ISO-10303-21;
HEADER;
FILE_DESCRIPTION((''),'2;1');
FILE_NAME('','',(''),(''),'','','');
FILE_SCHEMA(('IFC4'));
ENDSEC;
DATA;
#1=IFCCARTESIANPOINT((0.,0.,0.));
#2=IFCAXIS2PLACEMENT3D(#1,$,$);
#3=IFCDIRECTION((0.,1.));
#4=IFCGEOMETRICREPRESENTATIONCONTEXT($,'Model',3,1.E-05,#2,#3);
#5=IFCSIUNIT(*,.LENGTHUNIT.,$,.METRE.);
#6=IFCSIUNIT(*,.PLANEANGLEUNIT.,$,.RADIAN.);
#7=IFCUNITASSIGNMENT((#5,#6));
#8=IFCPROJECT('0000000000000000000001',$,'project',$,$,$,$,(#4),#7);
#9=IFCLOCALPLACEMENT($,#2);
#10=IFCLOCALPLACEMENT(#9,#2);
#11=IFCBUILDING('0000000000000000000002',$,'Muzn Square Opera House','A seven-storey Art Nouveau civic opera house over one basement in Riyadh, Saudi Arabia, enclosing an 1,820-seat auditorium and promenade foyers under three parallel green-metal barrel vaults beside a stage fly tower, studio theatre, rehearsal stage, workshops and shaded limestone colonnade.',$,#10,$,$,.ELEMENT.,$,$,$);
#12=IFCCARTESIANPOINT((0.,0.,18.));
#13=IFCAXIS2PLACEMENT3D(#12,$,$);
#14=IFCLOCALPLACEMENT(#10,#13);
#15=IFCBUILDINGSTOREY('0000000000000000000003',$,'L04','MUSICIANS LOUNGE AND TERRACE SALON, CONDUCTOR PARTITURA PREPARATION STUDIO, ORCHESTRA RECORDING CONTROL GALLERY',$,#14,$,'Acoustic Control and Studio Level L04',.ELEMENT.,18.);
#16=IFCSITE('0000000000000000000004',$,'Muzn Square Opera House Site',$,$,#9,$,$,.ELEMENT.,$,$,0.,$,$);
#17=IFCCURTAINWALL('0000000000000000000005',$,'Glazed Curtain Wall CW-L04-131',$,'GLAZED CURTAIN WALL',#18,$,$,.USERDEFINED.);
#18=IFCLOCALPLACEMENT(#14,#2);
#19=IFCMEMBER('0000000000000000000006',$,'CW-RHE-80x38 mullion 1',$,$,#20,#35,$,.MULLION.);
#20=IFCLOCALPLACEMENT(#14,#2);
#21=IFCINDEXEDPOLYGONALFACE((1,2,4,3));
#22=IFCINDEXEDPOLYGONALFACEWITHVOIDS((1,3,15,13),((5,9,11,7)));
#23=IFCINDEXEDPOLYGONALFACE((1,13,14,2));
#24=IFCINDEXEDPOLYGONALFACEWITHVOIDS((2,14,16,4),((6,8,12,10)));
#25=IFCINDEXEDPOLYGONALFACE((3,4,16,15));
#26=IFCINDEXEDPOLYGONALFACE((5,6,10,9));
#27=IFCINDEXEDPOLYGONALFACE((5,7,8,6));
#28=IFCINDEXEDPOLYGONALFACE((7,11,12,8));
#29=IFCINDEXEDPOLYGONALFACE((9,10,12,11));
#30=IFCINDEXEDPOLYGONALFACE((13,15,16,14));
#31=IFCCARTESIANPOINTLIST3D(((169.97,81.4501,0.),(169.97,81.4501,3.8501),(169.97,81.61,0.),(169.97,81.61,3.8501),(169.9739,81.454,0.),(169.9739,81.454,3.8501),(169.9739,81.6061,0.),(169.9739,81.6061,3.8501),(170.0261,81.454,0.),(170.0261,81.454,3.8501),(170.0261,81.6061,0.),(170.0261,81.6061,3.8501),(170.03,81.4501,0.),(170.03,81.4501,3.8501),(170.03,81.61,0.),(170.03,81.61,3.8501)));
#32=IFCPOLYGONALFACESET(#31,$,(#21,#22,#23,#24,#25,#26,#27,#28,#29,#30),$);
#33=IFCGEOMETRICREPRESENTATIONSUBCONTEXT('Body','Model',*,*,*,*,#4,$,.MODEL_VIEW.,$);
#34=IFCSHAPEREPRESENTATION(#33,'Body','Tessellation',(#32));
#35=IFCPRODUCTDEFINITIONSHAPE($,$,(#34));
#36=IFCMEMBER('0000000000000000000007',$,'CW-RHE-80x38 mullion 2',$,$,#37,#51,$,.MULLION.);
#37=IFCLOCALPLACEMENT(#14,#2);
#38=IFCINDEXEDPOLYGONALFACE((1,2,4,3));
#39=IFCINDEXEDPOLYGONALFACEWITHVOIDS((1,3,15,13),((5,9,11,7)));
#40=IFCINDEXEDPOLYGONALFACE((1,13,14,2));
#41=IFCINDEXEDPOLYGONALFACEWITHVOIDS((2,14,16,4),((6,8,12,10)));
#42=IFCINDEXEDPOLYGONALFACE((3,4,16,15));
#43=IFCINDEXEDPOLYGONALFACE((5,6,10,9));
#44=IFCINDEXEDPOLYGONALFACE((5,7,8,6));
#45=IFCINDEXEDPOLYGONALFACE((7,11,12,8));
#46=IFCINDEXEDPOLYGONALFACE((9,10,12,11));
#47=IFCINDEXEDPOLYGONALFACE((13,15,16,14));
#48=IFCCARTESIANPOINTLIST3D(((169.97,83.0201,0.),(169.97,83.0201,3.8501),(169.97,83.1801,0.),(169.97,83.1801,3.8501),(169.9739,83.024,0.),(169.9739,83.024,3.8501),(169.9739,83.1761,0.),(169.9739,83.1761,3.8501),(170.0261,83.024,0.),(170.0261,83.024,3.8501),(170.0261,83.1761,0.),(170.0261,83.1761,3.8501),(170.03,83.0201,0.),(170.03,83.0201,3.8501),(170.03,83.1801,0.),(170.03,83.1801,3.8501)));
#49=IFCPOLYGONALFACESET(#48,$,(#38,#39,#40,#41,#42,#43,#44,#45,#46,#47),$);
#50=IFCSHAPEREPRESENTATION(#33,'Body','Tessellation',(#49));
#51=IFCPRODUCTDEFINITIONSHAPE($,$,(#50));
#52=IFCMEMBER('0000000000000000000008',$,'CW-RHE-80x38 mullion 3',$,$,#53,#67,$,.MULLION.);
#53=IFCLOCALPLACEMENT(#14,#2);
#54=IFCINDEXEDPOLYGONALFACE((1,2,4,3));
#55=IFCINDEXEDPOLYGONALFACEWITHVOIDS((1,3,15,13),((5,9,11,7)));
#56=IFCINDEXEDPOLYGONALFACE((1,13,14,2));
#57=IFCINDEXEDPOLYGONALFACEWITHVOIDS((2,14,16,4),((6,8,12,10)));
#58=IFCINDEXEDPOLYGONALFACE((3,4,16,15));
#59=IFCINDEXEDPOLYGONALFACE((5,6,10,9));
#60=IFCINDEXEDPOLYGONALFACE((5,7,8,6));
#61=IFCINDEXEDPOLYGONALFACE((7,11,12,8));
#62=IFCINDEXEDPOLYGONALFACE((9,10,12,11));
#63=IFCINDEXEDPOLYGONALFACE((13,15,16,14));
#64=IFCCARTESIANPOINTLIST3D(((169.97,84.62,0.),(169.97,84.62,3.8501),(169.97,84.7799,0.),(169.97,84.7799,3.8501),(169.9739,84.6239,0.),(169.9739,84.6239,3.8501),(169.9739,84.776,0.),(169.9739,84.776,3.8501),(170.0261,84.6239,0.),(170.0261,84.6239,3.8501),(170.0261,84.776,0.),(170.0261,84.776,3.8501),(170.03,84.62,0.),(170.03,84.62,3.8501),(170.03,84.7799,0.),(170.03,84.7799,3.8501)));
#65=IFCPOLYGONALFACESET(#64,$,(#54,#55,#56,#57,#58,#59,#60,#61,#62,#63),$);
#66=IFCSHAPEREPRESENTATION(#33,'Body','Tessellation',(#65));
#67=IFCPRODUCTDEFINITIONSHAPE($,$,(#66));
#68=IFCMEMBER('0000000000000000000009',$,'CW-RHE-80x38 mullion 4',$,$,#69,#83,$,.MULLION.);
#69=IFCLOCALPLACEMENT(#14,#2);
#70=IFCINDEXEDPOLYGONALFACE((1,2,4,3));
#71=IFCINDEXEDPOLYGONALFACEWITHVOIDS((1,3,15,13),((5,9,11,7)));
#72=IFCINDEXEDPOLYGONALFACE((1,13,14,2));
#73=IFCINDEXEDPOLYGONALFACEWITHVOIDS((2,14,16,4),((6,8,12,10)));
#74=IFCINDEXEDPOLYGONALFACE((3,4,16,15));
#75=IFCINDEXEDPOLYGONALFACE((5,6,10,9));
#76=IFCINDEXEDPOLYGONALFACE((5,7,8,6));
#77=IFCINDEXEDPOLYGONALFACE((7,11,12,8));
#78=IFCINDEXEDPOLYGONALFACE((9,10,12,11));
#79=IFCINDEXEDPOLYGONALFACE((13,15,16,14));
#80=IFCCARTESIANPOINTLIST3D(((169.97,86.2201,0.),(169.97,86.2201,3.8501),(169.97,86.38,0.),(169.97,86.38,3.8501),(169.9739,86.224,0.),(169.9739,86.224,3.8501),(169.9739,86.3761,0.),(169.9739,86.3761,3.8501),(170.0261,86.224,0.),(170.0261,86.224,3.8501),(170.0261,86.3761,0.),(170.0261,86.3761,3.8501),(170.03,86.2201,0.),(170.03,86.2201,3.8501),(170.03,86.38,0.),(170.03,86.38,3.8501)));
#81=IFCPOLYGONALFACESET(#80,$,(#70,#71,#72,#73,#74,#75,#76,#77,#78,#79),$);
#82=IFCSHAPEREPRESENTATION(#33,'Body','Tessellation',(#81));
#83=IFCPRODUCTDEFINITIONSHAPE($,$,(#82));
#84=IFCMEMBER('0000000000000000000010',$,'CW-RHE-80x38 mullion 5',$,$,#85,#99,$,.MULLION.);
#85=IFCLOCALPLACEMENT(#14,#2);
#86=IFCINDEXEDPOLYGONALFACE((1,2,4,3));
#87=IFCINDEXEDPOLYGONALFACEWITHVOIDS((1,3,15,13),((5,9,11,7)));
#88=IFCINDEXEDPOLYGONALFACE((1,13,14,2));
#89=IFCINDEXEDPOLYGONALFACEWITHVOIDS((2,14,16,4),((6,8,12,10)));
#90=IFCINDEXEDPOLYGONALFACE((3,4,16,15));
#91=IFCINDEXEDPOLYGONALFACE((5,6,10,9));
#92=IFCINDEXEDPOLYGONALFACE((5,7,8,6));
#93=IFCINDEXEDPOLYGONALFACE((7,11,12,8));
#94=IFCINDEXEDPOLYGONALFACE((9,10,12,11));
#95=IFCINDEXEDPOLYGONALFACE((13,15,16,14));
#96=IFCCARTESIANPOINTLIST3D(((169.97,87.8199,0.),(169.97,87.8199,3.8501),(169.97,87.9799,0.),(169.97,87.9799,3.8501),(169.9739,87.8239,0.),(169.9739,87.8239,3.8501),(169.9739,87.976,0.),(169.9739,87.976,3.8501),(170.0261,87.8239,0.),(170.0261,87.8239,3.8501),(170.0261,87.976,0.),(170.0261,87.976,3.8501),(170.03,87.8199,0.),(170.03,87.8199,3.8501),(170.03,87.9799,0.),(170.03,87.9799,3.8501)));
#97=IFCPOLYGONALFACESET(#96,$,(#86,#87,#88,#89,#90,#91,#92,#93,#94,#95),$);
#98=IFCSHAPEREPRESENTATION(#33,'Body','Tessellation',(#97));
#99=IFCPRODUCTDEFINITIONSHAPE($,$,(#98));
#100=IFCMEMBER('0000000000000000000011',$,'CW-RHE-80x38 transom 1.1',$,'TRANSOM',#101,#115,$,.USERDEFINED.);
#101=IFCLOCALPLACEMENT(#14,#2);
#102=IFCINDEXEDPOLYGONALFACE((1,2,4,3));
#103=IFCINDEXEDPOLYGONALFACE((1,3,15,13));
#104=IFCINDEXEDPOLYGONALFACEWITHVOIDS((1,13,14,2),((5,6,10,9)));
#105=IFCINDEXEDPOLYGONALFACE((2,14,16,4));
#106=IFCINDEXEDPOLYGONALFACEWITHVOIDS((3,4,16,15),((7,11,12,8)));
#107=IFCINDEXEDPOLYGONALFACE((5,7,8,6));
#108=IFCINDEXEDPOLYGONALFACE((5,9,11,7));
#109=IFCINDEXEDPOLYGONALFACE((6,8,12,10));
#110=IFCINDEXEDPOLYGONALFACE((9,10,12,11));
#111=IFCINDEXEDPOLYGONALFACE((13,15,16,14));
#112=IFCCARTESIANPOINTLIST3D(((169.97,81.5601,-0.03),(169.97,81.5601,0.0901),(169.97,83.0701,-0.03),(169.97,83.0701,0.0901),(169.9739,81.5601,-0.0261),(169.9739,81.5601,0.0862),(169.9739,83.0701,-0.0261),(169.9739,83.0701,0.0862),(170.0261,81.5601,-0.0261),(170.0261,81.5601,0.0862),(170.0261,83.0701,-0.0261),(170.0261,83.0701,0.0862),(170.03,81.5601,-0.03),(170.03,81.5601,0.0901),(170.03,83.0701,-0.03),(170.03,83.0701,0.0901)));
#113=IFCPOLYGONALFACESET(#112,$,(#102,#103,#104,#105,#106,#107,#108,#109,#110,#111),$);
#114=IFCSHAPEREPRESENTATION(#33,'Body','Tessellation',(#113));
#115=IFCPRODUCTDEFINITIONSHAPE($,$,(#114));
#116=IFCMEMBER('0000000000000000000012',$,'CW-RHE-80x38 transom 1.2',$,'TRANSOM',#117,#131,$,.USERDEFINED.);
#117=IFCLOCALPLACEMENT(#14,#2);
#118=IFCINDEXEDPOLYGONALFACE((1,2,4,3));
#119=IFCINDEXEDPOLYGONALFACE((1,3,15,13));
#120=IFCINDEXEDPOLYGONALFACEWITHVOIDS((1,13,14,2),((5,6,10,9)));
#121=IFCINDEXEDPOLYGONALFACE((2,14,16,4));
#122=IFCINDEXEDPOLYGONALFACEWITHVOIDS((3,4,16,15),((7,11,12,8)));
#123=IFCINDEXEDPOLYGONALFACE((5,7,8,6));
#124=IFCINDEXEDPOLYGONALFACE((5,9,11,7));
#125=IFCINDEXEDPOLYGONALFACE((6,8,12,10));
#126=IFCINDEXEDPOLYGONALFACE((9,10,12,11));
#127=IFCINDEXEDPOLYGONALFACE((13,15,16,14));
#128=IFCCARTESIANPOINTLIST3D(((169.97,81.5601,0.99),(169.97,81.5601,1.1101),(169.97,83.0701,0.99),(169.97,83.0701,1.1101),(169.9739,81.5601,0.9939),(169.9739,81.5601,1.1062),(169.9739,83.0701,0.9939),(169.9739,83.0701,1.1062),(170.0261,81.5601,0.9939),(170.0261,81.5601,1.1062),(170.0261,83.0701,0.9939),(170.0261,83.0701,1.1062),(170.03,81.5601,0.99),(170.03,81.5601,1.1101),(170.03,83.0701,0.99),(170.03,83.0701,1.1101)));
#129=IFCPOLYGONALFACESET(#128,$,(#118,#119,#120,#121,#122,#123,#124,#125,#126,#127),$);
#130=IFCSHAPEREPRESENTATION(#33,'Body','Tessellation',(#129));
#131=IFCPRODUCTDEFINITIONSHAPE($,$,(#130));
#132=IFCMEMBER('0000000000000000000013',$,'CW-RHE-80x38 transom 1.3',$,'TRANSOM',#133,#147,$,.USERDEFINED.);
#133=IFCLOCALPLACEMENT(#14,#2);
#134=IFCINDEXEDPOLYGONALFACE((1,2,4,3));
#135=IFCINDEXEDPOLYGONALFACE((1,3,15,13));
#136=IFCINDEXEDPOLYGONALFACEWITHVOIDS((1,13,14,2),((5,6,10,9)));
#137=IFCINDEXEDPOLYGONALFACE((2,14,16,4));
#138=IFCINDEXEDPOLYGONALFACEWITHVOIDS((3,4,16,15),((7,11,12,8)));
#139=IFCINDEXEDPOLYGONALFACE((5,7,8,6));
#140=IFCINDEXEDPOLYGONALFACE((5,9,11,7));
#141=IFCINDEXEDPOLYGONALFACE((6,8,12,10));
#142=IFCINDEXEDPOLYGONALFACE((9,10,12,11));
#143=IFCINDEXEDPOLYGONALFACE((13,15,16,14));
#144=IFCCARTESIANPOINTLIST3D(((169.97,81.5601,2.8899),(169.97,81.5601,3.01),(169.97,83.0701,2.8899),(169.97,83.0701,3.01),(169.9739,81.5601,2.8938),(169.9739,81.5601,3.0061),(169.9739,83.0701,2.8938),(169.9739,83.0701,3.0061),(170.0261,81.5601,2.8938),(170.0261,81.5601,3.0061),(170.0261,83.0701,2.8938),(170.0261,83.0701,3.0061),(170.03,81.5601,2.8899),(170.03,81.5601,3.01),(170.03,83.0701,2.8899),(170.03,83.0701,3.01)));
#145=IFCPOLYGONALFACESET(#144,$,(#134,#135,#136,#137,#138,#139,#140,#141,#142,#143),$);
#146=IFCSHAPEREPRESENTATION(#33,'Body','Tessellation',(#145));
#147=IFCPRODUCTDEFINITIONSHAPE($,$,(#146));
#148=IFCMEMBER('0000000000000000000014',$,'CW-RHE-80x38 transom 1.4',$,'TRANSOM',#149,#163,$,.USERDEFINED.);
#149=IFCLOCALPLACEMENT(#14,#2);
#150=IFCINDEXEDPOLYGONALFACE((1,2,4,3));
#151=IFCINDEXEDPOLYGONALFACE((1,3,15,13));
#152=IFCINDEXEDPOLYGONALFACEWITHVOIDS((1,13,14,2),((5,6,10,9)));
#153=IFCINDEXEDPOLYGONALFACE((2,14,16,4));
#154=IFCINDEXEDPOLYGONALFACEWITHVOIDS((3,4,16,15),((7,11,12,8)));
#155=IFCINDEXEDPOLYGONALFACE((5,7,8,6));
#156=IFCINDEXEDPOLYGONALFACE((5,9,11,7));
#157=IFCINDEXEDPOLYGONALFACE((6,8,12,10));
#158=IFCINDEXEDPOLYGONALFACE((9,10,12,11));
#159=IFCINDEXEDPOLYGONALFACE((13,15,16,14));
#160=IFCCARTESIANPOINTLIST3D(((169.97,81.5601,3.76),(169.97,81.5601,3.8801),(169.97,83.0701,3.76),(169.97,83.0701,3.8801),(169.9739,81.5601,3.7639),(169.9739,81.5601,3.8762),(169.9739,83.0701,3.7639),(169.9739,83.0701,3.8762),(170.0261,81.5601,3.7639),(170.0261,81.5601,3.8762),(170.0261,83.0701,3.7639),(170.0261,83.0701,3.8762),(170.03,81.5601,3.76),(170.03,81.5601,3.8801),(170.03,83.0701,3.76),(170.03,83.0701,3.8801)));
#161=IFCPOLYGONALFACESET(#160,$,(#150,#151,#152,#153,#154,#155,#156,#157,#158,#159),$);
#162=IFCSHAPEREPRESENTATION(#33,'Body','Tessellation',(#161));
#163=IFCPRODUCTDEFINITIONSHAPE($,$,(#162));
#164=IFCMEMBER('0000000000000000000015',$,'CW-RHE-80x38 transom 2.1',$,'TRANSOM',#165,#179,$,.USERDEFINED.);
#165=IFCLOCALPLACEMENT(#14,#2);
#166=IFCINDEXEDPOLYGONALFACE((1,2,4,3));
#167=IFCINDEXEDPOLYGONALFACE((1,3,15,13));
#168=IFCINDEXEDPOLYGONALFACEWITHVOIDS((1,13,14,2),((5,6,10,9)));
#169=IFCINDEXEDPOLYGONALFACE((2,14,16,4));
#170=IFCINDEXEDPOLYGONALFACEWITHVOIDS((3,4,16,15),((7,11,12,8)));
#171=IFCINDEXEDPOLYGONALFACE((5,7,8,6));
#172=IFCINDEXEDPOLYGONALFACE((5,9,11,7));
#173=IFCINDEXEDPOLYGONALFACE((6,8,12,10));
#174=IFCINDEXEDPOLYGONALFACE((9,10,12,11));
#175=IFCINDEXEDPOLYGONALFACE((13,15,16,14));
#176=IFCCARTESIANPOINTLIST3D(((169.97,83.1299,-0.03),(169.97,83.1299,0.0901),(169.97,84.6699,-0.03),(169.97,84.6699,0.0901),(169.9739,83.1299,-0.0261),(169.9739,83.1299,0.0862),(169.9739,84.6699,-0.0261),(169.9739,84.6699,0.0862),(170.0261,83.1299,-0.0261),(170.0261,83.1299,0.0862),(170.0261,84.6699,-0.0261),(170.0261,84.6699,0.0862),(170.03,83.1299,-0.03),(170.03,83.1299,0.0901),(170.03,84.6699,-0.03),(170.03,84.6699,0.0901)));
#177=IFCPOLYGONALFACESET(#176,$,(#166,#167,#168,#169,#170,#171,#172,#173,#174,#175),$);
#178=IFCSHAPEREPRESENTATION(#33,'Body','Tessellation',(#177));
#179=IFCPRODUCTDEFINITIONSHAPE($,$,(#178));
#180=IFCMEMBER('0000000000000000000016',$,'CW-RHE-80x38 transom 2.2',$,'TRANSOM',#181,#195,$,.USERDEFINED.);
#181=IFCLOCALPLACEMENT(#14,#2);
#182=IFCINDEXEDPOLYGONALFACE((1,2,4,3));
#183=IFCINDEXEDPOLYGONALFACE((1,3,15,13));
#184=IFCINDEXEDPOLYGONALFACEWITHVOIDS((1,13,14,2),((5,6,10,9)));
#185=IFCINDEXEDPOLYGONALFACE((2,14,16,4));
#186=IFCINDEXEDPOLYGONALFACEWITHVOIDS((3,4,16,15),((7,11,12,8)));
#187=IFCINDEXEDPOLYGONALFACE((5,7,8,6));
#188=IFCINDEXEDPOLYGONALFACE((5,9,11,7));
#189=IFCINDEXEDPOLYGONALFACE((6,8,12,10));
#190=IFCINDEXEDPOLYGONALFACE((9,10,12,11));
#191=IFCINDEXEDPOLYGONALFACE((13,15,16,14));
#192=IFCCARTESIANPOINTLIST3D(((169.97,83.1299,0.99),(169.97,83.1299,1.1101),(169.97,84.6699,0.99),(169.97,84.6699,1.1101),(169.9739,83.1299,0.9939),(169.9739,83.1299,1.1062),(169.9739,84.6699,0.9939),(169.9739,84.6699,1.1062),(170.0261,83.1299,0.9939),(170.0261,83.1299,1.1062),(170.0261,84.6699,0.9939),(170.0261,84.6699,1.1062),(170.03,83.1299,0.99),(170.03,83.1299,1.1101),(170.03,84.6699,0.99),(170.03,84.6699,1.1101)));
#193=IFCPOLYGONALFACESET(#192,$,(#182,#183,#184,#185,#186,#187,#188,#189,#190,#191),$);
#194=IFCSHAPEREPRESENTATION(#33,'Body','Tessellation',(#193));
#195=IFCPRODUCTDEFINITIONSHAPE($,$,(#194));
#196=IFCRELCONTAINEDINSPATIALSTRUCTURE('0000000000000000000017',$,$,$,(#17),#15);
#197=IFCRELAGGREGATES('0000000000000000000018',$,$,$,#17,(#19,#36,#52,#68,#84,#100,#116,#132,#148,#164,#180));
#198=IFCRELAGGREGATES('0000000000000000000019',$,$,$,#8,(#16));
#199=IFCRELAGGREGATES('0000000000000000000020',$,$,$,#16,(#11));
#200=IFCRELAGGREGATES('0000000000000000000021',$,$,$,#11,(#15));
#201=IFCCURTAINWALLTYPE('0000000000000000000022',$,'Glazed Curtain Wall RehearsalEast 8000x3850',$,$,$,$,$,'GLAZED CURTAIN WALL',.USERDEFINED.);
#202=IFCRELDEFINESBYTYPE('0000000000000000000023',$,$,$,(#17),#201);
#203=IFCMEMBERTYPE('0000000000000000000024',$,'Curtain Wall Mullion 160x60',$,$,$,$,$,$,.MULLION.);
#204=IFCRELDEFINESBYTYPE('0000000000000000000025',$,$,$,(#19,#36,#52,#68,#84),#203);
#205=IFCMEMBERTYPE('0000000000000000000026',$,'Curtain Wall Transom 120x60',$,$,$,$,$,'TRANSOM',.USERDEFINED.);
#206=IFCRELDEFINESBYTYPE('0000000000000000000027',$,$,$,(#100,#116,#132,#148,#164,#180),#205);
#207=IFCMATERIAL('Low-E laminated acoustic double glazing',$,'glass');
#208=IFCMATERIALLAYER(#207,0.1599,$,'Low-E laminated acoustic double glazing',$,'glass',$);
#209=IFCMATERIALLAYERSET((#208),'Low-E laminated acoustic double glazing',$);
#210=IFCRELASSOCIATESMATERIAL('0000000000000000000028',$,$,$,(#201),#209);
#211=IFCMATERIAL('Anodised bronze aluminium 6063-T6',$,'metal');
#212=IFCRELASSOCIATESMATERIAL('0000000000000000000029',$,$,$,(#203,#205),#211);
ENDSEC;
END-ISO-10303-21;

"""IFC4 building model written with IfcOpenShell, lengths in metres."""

from ifc_helpers import new_model, si_unit, direction, frame, origin, origin_2d, place, context, subcontext, project, spatial, hollow_rectangle, extrude, material, layer, layer_set, material_profile, profile_set, type_object, element, aggregate, save


model = new_model("IFC4")

# Units and contexts
model_context = context("Model", 3, precision=1e-05, world=origin(), true_north=direction((0.0, 1.0)))
body_context = subcontext(model_context, "Body", "Model", "MODEL_VIEW")
ifc_project = project(units=[si_unit("LENGTHUNIT", "METRE"), si_unit("PLANEANGLEUNIT", "RADIAN")], contexts=[model_context])

# Site, building, storey
site_placement = place(None, origin())
site = spatial("IfcSite", under=ifc_project, at=site_placement, Name="Muzn Square Opera House Site", CompositionType="ELEMENT", RefElevation=0.0)
building_placement = place(site_placement, origin())
building = spatial("IfcBuilding", under=site, at=building_placement, Name="Muzn Square Opera House", Description="A seven-storey Art Nouveau civic opera house over one basement in Riyadh, Saudi Arabia, enclosing an 1,820-seat auditorium and promenade foyers under three parallel green-metal barrel vaults beside a stage fly tower, studio theatre, rehearsal stage, workshops and shaded limestone colonnade.", CompositionType="ELEMENT")
storey_placement = place(building_placement, frame((0.0, 0.0, 18.0)))
storey = spatial("IfcBuildingStorey", under=building, at=storey_placement, Name="L04", Description="MUSICIANS LOUNGE AND TERRACE SALON, CONDUCTOR PARTITURA PREPARATION STUDIO, ORCHESTRA RECORDING CONTROL GALLERY", LongName="Acoustic Control and Studio Level L04", CompositionType="ELEMENT", Elevation=18.0)

# Curtain wall, members
ifc_material_1 = material(Name="Low-E laminated acoustic double glazing", Category="glass")
ifc_layer_1 = layer(ifc_material_1, 0.1599, Name="Low-E laminated acoustic double glazing", Category="glass")
ifc_layer_set_1 = layer_set([ifc_layer_1], Name="Low-E laminated acoustic double glazing")
curtain_wall_type = type_object("IfcCurtainWallType", Name="Glazed Curtain Wall RehearsalEast 8000x3850", ElementType="GLAZED CURTAIN WALL", PredefinedType="USERDEFINED", material=ifc_layer_set_1)
curtain_wall_placement = place(storey_placement, origin())
curtain_wall = element("IfcCurtainWall", 1, at=curtain_wall_placement, inside=storey, type_object=curtain_wall_type, Name="Glazed Curtain Wall CW-L04-131", ObjectType="GLAZED CURTAIN WALL", PredefinedType="USERDEFINED")
ifc_material_2 = material(Name="Anodised bronze aluminium 6063-T6", Category="metal")
ifc_material_profile_1 = material_profile(ifc_material_2, hollow_rectangle(XDim=0.0601, YDim=0.1599, WallThickness=0.0039, at=origin_2d()), Name="ALU 160x60x4", Category="metal")
ifc_profile_set_1 = profile_set([ifc_material_profile_1], Name="Anodised bronze aluminium 6063-T6")
member_type_1 = type_object("IfcMemberType", Name="Curtain Wall Mullion 160x60", PredefinedType="MULLION", material=ifc_profile_set_1)
member_1_placement = place(storey_placement, frame((170.0, 81.53, 0.0), z_axis=(0.0, 0.0, 1.0), x_axis=(-1.0, 0.0, 0.0)))
member_1 = element("IfcMember", 2, at=member_1_placement, type_object=member_type_1, Name="CW-RHE-80x38 mullion 1", PredefinedType="MULLION", context=body_context, shape_type="SweptSolid", body=[
    extrude(hollow_rectangle(XDim=0.0601, YDim=0.1599, WallThickness=0.0039, at=origin_2d()), origin(), (0.0, 0.0, 1.0), 3.8501),
])
member_2_placement = place(storey_placement, frame((170.0, 83.1001, 0.0), z_axis=(0.0, 0.0, 1.0), x_axis=(-1.0, 0.0, 0.0)))
member_2 = element("IfcMember", 3, at=member_2_placement, type_object=member_type_1, Name="CW-RHE-80x38 mullion 2", PredefinedType="MULLION", context=body_context, shape_type="SweptSolid", body=[
    extrude(hollow_rectangle(XDim=0.0601, YDim=0.1599, WallThickness=0.0039, at=origin_2d()), origin(), (0.0, 0.0, 1.0), 3.8501),
])
member_3_placement = place(storey_placement, frame((170.0, 84.7, 0.0), z_axis=(0.0, 0.0, 1.0), x_axis=(-1.0, 0.0, 0.0)))
member_3 = element("IfcMember", 4, at=member_3_placement, type_object=member_type_1, Name="CW-RHE-80x38 mullion 3", PredefinedType="MULLION", context=body_context, shape_type="SweptSolid", body=[
    extrude(hollow_rectangle(XDim=0.0601, YDim=0.1599, WallThickness=0.0039, at=origin_2d()), origin(), (0.0, 0.0, 1.0), 3.8501),
])
member_4_placement = place(storey_placement, frame((170.0, 86.3, 0.0), z_axis=(0.0, 0.0, 1.0), x_axis=(-1.0, 0.0, 0.0)))
member_4 = element("IfcMember", 5, at=member_4_placement, type_object=member_type_1, Name="CW-RHE-80x38 mullion 4", PredefinedType="MULLION", context=body_context, shape_type="SweptSolid", body=[
    extrude(hollow_rectangle(XDim=0.0601, YDim=0.1599, WallThickness=0.0039, at=origin_2d()), origin(), (0.0, 0.0, 1.0), 3.8501),
])
member_5_placement = place(storey_placement, frame((170.0, 87.8999, 0.0), z_axis=(0.0, 0.0, 1.0), x_axis=(-1.0, 0.0, 0.0)))
member_5 = element("IfcMember", 6, at=member_5_placement, type_object=member_type_1, Name="CW-RHE-80x38 mullion 5", PredefinedType="MULLION", context=body_context, shape_type="SweptSolid", body=[
    extrude(hollow_rectangle(XDim=0.0601, YDim=0.1599, WallThickness=0.0039, at=origin_2d()), origin(), (0.0, 0.0, 1.0), 3.8501),
])
ifc_material_profile_2 = material_profile(ifc_material_2, hollow_rectangle(XDim=0.0601, YDim=0.1201, WallThickness=0.0039, at=origin_2d()), Name="ALU 120x60x4", Category="metal")
ifc_profile_set_2 = profile_set([ifc_material_profile_2], Name="Anodised bronze aluminium 6063-T6")
member_type_2 = type_object("IfcMemberType", Name="Curtain Wall Transom 120x60", ElementType="TRANSOM", PredefinedType="USERDEFINED", material=ifc_profile_set_2)
member_6_placement = place(storey_placement, frame((170.0, 81.5601, 0.03), z_axis=(0.0, 1.0, 0.0), x_axis=(-1.0, 0.0, 0.0)))
member_6 = element("IfcMember", 7, at=member_6_placement, type_object=member_type_2, Name="CW-RHE-80x38 transom 1.1", ObjectType="TRANSOM", PredefinedType="USERDEFINED", context=body_context, shape_type="SweptSolid", body=[
    extrude(hollow_rectangle(XDim=0.0601, YDim=0.1201, WallThickness=0.0039, at=origin_2d()), origin(), (0.0, 0.0, 1.0), 1.51),
])
member_7_placement = place(storey_placement, frame((170.0, 81.5601, 1.05), z_axis=(0.0, 1.0, 0.0), x_axis=(-1.0, 0.0, 0.0)))
member_7 = element("IfcMember", 8, at=member_7_placement, type_object=member_type_2, Name="CW-RHE-80x38 transom 1.2", ObjectType="TRANSOM", PredefinedType="USERDEFINED", context=body_context, shape_type="SweptSolid", body=[
    extrude(hollow_rectangle(XDim=0.0601, YDim=0.1201, WallThickness=0.0039, at=origin_2d()), origin(), (0.0, 0.0, 1.0), 1.51),
])
member_8_placement = place(storey_placement, frame((170.0, 81.5601, 2.95), z_axis=(0.0, 1.0, 0.0), x_axis=(-1.0, 0.0, 0.0)))
member_8 = element("IfcMember", 9, at=member_8_placement, type_object=member_type_2, Name="CW-RHE-80x38 transom 1.3", ObjectType="TRANSOM", PredefinedType="USERDEFINED", context=body_context, shape_type="SweptSolid", body=[
    extrude(hollow_rectangle(XDim=0.0601, YDim=0.1201, WallThickness=0.0039, at=origin_2d()), origin(), (0.0, 0.0, 1.0), 1.51),
])
member_9_placement = place(storey_placement, frame((170.0, 81.5601, 3.8201), z_axis=(0.0, 1.0, 0.0), x_axis=(-1.0, 0.0, 0.0)))
member_9 = element("IfcMember", 10, at=member_9_placement, type_object=member_type_2, Name="CW-RHE-80x38 transom 1.4", ObjectType="TRANSOM", PredefinedType="USERDEFINED", context=body_context, shape_type="SweptSolid", body=[
    extrude(hollow_rectangle(XDim=0.0601, YDim=0.1201, WallThickness=0.0039, at=origin_2d()), origin(), (0.0, 0.0, 1.0), 1.51),
])
member_10_placement = place(storey_placement, frame((170.0, 83.1299, 0.03), z_axis=(0.0, 1.0, 0.0), x_axis=(-1.0, 0.0, 0.0)))
member_10 = element("IfcMember", 11, at=member_10_placement, type_object=member_type_2, Name="CW-RHE-80x38 transom 2.1", ObjectType="TRANSOM", PredefinedType="USERDEFINED", context=body_context, shape_type="SweptSolid", body=[
    extrude(hollow_rectangle(XDim=0.0601, YDim=0.1201, WallThickness=0.0039, at=origin_2d()), origin(), (0.0, 0.0, 1.0), 1.54),
])
member_11_placement = place(storey_placement, frame((170.0, 83.1299, 1.05), z_axis=(0.0, 1.0, 0.0), x_axis=(-1.0, 0.0, 0.0)))
member_11 = element("IfcMember", 12, at=member_11_placement, type_object=member_type_2, Name="CW-RHE-80x38 transom 2.2", ObjectType="TRANSOM", PredefinedType="USERDEFINED", context=body_context, shape_type="SweptSolid", body=[
    extrude(hollow_rectangle(XDim=0.0601, YDim=0.1201, WallThickness=0.0039, at=origin_2d()), origin(), (0.0, 0.0, 1.0), 1.54),
])
aggregate(curtain_wall, [member_1, member_2, member_3, member_4, member_5, member_6, member_7, member_8, member_9, member_10, member_11])

save(model, "model.ifc")
